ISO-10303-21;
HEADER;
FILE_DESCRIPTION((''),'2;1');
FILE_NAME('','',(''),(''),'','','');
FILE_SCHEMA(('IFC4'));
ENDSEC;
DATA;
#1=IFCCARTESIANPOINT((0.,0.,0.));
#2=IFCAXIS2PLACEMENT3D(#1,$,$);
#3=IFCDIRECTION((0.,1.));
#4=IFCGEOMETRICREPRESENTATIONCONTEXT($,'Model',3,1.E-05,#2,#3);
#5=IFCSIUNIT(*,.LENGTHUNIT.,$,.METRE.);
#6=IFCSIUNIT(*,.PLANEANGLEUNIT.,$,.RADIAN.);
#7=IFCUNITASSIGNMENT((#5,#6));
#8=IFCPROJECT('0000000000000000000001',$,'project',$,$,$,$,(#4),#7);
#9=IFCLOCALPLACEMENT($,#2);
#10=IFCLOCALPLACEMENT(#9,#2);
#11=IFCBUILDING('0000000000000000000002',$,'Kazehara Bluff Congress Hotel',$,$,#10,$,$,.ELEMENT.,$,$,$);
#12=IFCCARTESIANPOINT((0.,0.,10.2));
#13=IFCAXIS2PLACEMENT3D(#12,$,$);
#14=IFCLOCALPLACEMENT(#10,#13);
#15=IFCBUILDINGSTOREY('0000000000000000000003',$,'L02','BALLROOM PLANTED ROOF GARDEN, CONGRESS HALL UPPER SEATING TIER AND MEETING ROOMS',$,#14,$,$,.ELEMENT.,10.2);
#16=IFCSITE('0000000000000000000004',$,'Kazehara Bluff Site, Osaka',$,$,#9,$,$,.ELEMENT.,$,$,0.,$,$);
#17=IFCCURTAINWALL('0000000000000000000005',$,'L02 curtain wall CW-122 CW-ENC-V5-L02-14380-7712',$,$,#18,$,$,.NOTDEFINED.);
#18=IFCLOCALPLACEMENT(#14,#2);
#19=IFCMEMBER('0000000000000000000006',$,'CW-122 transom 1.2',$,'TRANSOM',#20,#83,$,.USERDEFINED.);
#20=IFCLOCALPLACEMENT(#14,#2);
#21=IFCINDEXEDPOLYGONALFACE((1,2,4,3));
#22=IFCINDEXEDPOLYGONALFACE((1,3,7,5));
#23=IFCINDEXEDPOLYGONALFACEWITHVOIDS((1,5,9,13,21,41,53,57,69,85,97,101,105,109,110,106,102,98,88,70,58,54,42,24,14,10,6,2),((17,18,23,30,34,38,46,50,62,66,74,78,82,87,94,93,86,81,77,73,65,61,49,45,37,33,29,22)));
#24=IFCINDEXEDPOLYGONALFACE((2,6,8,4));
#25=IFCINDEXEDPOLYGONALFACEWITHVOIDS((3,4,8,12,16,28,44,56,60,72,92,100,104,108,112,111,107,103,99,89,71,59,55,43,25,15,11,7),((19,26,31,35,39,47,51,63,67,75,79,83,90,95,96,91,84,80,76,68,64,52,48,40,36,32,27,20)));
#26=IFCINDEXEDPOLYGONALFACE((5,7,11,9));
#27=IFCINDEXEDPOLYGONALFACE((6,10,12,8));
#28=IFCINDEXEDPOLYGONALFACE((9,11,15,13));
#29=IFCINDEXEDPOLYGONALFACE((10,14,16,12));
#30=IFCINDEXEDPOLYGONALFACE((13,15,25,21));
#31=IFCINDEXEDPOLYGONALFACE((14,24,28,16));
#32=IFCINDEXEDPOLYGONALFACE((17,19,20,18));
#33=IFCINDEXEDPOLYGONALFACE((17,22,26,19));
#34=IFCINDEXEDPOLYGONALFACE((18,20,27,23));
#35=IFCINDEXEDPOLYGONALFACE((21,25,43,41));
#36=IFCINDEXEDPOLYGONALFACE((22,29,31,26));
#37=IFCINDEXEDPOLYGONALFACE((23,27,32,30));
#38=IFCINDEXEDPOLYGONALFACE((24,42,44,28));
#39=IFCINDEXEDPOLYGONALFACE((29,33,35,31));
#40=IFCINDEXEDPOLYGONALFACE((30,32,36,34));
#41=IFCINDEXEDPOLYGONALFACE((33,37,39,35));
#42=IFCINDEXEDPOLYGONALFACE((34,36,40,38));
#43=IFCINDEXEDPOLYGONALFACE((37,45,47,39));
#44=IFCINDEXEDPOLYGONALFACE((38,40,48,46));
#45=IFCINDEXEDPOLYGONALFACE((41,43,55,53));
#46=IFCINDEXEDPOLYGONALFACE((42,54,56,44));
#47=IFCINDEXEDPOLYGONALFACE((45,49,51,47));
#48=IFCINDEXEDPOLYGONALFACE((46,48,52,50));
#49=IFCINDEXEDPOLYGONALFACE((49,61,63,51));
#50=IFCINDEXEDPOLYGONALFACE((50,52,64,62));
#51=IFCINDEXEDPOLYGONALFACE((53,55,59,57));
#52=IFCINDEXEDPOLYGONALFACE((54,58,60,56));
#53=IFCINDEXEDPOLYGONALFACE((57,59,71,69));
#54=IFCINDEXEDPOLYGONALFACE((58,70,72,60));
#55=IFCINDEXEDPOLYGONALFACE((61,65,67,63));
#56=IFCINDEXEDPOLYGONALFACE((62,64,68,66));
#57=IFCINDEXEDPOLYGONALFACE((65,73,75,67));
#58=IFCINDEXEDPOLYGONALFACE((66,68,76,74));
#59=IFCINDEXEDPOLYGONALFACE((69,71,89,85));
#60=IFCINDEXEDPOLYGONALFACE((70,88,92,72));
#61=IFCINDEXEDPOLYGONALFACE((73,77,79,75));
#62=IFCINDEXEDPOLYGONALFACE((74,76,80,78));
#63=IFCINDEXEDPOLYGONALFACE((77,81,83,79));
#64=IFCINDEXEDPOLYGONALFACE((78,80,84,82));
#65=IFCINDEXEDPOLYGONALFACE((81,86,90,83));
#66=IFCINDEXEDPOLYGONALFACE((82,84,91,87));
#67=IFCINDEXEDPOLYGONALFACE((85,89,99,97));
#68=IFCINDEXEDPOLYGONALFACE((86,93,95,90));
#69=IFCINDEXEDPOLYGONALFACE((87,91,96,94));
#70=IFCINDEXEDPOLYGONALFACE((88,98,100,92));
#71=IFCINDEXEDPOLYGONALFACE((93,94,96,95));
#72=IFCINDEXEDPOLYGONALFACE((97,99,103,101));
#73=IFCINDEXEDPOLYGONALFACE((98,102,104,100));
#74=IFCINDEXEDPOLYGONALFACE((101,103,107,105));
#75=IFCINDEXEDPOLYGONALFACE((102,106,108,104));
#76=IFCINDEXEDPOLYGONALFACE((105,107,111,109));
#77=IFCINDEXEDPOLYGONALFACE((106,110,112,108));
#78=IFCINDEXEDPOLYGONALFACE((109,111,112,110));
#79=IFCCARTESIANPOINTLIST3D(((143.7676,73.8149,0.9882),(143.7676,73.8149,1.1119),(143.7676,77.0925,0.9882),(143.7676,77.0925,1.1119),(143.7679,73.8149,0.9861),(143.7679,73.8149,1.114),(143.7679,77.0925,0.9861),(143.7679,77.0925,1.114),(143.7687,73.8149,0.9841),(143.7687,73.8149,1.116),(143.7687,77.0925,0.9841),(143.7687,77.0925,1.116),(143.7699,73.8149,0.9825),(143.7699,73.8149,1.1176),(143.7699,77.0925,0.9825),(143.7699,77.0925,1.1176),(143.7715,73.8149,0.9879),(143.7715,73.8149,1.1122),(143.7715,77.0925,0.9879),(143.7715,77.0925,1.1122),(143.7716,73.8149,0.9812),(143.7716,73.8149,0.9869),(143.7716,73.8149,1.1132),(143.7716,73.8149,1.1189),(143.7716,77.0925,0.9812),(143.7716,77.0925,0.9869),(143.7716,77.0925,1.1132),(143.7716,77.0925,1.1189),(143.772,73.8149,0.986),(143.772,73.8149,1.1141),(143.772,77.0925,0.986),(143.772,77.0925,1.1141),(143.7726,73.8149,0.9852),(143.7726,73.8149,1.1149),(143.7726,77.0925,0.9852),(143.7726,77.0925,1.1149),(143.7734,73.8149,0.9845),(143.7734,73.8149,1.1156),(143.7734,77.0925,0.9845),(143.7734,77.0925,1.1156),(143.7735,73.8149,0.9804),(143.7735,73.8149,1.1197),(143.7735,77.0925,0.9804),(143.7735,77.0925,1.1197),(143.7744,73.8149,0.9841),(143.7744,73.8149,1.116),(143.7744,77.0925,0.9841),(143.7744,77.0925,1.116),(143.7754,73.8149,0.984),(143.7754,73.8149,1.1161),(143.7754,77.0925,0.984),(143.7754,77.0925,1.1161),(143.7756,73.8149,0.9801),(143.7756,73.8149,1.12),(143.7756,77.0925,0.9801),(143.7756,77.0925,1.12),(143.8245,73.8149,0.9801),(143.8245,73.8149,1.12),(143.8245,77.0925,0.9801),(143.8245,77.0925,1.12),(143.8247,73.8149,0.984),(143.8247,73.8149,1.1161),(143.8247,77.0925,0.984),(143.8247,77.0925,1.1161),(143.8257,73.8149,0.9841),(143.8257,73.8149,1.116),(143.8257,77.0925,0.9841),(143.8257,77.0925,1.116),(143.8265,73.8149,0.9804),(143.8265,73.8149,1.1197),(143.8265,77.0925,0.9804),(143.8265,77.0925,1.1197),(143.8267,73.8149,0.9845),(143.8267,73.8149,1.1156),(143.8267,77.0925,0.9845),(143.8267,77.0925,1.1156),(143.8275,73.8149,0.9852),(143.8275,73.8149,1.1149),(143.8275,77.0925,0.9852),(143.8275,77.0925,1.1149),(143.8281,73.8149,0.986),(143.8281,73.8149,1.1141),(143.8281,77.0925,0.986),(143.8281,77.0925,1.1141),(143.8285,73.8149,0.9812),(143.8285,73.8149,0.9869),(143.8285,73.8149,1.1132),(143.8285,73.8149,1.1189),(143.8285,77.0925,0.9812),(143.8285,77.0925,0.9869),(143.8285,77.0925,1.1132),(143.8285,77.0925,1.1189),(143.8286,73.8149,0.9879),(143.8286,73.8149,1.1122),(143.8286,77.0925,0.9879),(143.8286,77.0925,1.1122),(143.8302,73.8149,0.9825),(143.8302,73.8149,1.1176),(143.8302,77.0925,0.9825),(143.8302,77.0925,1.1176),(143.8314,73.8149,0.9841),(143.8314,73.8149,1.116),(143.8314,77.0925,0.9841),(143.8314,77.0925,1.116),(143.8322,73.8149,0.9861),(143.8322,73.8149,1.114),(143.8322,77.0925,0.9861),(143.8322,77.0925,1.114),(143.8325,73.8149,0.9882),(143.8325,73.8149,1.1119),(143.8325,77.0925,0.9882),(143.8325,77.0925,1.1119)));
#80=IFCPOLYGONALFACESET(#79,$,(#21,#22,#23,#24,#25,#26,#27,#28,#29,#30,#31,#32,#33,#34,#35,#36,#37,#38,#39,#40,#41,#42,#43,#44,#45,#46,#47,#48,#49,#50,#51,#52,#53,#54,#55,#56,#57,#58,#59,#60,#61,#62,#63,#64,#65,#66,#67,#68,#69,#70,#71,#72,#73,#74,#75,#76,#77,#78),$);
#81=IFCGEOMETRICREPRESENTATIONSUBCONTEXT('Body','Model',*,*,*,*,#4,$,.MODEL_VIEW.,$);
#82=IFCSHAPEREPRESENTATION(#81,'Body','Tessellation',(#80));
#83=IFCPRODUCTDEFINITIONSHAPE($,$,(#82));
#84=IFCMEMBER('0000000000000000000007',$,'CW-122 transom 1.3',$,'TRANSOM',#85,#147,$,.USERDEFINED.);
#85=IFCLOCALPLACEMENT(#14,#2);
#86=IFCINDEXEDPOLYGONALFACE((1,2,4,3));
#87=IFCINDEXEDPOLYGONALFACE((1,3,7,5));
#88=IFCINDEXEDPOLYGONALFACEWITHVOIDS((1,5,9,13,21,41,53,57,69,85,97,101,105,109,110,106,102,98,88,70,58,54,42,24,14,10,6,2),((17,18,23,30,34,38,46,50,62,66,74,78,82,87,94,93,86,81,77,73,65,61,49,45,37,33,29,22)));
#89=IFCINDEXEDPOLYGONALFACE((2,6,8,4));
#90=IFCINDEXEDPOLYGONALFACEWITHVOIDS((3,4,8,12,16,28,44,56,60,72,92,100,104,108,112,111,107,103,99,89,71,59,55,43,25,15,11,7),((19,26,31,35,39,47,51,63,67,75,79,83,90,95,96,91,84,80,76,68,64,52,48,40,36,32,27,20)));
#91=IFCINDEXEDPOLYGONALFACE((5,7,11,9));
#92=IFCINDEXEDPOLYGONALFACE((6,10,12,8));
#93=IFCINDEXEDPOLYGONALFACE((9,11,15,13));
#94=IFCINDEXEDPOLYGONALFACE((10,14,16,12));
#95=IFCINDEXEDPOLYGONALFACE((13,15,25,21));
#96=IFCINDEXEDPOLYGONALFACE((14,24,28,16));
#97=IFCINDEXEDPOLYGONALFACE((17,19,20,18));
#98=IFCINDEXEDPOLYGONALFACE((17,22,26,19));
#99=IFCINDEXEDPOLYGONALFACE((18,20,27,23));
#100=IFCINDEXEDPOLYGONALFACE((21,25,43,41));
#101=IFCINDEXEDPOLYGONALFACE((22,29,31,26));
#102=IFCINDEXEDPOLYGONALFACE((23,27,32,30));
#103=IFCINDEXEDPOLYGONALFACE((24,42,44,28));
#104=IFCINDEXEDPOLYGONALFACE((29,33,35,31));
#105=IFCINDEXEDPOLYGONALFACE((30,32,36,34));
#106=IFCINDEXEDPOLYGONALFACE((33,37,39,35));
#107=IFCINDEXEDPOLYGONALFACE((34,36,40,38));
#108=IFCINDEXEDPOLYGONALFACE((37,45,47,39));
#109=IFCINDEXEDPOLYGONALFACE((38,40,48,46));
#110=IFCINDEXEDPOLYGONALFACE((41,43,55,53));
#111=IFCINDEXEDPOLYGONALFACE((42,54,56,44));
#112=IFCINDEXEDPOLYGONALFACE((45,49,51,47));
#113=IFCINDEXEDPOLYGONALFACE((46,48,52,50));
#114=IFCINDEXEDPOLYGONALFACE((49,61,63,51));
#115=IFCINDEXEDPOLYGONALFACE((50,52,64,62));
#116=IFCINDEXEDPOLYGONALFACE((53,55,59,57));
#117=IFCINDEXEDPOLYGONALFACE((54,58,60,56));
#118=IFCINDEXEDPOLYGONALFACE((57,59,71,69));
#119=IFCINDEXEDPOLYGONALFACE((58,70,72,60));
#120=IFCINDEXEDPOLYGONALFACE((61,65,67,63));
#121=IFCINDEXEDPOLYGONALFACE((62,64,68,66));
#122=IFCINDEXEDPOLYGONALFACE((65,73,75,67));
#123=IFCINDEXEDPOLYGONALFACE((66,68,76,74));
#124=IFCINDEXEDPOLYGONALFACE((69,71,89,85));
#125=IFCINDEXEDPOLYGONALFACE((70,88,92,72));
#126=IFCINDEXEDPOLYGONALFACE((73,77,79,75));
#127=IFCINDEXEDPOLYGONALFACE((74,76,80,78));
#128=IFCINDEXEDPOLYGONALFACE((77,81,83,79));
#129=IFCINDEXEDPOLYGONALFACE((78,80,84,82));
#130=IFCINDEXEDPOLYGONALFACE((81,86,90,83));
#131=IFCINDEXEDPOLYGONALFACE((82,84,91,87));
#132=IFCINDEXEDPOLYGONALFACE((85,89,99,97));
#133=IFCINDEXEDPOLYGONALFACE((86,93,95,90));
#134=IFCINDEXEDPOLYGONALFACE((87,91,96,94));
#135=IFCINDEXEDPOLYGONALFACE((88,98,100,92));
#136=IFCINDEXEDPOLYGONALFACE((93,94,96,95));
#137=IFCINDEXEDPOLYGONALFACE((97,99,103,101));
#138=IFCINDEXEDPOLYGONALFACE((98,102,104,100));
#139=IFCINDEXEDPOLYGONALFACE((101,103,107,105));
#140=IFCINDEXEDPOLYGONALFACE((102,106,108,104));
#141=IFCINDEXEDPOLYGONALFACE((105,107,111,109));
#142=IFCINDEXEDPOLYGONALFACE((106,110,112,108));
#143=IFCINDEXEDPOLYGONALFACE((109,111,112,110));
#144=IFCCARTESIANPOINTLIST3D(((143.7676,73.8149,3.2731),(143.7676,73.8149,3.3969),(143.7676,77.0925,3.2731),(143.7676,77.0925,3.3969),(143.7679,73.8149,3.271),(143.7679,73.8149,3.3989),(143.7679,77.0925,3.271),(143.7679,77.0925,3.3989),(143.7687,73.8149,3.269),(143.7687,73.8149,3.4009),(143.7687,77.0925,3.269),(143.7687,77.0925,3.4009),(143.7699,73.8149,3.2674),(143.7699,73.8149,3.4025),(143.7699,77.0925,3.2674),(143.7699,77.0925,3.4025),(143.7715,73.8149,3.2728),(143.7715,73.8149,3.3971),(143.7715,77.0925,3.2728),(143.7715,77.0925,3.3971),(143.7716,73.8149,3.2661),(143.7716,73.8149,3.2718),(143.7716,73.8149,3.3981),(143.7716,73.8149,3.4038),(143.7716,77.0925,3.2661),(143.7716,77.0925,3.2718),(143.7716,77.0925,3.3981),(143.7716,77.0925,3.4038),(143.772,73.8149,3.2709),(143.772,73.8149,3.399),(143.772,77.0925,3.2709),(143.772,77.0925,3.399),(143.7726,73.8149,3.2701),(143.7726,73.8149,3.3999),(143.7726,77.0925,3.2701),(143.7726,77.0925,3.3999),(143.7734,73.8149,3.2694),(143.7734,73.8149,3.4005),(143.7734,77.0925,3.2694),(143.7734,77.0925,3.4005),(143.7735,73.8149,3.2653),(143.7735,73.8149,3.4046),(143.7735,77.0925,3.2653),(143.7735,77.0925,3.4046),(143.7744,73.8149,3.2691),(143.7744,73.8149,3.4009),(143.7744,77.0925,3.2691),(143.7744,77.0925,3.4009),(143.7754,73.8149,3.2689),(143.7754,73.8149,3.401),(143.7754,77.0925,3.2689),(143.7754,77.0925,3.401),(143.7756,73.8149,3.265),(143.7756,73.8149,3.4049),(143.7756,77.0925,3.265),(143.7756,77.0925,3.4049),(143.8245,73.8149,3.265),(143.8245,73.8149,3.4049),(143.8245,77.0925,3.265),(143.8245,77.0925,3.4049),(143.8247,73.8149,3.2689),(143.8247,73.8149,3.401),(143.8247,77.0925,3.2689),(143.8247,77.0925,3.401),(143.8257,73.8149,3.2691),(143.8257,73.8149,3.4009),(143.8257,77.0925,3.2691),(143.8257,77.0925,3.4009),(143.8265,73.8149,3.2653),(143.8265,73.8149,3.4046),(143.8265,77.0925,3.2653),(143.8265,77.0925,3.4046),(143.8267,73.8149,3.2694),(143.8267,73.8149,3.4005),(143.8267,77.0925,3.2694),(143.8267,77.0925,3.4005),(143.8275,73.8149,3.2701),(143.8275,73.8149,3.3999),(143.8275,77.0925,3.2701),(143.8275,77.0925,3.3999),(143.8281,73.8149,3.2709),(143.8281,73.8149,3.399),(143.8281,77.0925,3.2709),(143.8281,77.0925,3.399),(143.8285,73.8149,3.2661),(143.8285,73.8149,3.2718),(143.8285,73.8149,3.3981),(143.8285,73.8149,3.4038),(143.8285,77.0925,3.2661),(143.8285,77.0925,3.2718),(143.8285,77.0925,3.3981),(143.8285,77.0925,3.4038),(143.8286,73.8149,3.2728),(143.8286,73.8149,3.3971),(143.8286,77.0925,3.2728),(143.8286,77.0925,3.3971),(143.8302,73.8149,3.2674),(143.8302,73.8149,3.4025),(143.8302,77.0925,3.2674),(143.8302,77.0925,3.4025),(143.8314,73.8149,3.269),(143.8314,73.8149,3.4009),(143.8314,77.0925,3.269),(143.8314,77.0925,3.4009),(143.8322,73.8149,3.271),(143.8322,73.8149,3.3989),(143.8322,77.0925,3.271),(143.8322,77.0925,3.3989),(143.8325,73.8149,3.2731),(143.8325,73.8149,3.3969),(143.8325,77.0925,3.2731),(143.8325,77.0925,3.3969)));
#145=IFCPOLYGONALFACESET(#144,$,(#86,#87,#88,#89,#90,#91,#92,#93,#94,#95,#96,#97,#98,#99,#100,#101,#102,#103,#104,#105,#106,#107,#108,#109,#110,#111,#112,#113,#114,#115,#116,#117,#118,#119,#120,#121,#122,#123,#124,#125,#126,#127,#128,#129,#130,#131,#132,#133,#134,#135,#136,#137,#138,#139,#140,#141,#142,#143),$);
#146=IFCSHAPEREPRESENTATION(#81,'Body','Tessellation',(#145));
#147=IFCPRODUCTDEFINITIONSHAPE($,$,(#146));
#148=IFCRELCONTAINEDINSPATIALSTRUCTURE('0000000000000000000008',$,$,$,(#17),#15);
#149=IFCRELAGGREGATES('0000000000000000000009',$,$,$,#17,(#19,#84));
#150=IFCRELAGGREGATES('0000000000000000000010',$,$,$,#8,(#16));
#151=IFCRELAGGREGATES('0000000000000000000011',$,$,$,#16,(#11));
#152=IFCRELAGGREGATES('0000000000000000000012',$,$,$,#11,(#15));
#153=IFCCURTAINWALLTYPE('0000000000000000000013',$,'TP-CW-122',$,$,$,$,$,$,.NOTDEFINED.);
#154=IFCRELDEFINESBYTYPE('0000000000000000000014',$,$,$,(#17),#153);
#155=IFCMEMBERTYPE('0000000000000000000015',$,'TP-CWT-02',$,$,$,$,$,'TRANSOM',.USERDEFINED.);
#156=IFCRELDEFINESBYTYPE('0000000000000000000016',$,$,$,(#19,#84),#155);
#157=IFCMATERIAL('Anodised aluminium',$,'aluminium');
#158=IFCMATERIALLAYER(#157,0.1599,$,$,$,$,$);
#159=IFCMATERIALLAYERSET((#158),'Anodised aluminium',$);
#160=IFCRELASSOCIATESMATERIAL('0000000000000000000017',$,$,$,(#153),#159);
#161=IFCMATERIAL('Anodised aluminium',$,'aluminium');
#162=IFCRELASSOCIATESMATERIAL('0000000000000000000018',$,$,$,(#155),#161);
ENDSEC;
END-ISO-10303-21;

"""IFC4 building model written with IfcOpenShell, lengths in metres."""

from ifc_helpers import new_model, si_unit, direction, frame, origin, origin_2d, place, context, subcontext, project, spatial, hollow_rectangle, extrude, material, layer, layer_set, material_profile, profile_set, type_object, element, aggregate, save


model = new_model("IFC4")

# Units and contexts
model_context = context("Model", 3, precision=1e-05, world=origin(), true_north=direction((0.0, 1.0)))
body_context = subcontext(model_context, "Body", "Model", "MODEL_VIEW")
ifc_project = project(units=[si_unit("LENGTHUNIT", "METRE"), si_unit("PLANEANGLEUNIT", "RADIAN")], contexts=[model_context])

# Site, building, storey
site_placement = place(None, origin())
site = spatial("IfcSite", under=ifc_project, at=site_placement, Name="Kazehara Bluff Site, Osaka", CompositionType="ELEMENT", RefElevation=0.0)
building_placement = place(site_placement, origin())
building = spatial("IfcBuilding", under=site, at=building_placement, Name="Kazehara Bluff Congress Hotel", CompositionType="ELEMENT")
storey_placement = place(building_placement, frame((0.0, 0.0, 10.2)))
storey = spatial("IfcBuildingStorey", under=building, at=storey_placement, Name="L02", Description="BALLROOM PLANTED ROOF GARDEN, CONGRESS HALL UPPER SEATING TIER AND MEETING ROOMS", CompositionType="ELEMENT", Elevation=10.2)

# Curtain wall
ifc_material_1 = material(Name="Anodised aluminium", Category="aluminium")
ifc_layer_1 = layer(ifc_material_1, 0.1599)
ifc_layer_set_1 = layer_set([ifc_layer_1], Name="Anodised aluminium")
curtain_wall_type_1 = type_object("IfcCurtainWallType", Name="TP-CW-122", PredefinedType="NOTDEFINED", material=ifc_layer_set_1)
curtain_wall_1_placement = place(storey_placement, origin())
curtain_wall_1 = element("IfcCurtainWall", 1, at=curtain_wall_1_placement, inside=storey, type_object=curtain_wall_type_1, Name="L02 curtain wall CW-122 CW-ENC-V5-L02-14380-7712", PredefinedType="NOTDEFINED")

# Members
ifc_material_2 = material(Name="Anodised aluminium", Category="aluminium")
ifc_material_profile_1 = material_profile(ifc_material_2, hollow_rectangle(XDim=0.0649, YDim=0.1399, WallThickness=0.0039, InnerFilletRadius=0.0039, OuterFilletRadius=0.0081, at=origin_2d()))
ifc_profile_set_1 = profile_set([ifc_material_profile_1], Name="Anodised aluminium")
member_type_1 = type_object("IfcMemberType", Name="TP-CWT-02", ElementType="TRANSOM", PredefinedType="USERDEFINED", material=ifc_profile_set_1)
member_1_placement = place(storey_placement, frame((143.8, 73.8149, 1.05), z_axis=(0.0, 1.0, 0.0), x_axis=(-1.0, 0.0, 0.0)))
member_1 = element("IfcMember", 2, at=member_1_placement, type_object=member_type_1, Name="CW-122 transom 1.2", ObjectType="TRANSOM", PredefinedType="USERDEFINED", context=body_context, shape_type="SweptSolid", body=[
    extrude(hollow_rectangle(XDim=0.0649, YDim=0.1399, WallThickness=0.0039, InnerFilletRadius=0.0039, OuterFilletRadius=0.0081, at=origin_2d()), origin(), (0.0, 0.0, 1.0), 3.2776),
])
member_2_placement = place(storey_placement, frame((143.8, 73.8149, 3.335), z_axis=(0.0, 1.0, 0.0), x_axis=(-1.0, 0.0, 0.0)))
member_2 = element("IfcMember", 3, at=member_2_placement, type_object=member_type_1, Name="CW-122 transom 1.3", ObjectType="TRANSOM", PredefinedType="USERDEFINED", context=body_context, shape_type="SweptSolid", body=[
    extrude(hollow_rectangle(XDim=0.0649, YDim=0.1399, WallThickness=0.0039, InnerFilletRadius=0.0039, OuterFilletRadius=0.0081, at=origin_2d()), origin(), (0.0, 0.0, 1.0), 3.2776),
])

aggregate(curtain_wall_1, [member_1, member_2])

save(model, "model.ifc")
